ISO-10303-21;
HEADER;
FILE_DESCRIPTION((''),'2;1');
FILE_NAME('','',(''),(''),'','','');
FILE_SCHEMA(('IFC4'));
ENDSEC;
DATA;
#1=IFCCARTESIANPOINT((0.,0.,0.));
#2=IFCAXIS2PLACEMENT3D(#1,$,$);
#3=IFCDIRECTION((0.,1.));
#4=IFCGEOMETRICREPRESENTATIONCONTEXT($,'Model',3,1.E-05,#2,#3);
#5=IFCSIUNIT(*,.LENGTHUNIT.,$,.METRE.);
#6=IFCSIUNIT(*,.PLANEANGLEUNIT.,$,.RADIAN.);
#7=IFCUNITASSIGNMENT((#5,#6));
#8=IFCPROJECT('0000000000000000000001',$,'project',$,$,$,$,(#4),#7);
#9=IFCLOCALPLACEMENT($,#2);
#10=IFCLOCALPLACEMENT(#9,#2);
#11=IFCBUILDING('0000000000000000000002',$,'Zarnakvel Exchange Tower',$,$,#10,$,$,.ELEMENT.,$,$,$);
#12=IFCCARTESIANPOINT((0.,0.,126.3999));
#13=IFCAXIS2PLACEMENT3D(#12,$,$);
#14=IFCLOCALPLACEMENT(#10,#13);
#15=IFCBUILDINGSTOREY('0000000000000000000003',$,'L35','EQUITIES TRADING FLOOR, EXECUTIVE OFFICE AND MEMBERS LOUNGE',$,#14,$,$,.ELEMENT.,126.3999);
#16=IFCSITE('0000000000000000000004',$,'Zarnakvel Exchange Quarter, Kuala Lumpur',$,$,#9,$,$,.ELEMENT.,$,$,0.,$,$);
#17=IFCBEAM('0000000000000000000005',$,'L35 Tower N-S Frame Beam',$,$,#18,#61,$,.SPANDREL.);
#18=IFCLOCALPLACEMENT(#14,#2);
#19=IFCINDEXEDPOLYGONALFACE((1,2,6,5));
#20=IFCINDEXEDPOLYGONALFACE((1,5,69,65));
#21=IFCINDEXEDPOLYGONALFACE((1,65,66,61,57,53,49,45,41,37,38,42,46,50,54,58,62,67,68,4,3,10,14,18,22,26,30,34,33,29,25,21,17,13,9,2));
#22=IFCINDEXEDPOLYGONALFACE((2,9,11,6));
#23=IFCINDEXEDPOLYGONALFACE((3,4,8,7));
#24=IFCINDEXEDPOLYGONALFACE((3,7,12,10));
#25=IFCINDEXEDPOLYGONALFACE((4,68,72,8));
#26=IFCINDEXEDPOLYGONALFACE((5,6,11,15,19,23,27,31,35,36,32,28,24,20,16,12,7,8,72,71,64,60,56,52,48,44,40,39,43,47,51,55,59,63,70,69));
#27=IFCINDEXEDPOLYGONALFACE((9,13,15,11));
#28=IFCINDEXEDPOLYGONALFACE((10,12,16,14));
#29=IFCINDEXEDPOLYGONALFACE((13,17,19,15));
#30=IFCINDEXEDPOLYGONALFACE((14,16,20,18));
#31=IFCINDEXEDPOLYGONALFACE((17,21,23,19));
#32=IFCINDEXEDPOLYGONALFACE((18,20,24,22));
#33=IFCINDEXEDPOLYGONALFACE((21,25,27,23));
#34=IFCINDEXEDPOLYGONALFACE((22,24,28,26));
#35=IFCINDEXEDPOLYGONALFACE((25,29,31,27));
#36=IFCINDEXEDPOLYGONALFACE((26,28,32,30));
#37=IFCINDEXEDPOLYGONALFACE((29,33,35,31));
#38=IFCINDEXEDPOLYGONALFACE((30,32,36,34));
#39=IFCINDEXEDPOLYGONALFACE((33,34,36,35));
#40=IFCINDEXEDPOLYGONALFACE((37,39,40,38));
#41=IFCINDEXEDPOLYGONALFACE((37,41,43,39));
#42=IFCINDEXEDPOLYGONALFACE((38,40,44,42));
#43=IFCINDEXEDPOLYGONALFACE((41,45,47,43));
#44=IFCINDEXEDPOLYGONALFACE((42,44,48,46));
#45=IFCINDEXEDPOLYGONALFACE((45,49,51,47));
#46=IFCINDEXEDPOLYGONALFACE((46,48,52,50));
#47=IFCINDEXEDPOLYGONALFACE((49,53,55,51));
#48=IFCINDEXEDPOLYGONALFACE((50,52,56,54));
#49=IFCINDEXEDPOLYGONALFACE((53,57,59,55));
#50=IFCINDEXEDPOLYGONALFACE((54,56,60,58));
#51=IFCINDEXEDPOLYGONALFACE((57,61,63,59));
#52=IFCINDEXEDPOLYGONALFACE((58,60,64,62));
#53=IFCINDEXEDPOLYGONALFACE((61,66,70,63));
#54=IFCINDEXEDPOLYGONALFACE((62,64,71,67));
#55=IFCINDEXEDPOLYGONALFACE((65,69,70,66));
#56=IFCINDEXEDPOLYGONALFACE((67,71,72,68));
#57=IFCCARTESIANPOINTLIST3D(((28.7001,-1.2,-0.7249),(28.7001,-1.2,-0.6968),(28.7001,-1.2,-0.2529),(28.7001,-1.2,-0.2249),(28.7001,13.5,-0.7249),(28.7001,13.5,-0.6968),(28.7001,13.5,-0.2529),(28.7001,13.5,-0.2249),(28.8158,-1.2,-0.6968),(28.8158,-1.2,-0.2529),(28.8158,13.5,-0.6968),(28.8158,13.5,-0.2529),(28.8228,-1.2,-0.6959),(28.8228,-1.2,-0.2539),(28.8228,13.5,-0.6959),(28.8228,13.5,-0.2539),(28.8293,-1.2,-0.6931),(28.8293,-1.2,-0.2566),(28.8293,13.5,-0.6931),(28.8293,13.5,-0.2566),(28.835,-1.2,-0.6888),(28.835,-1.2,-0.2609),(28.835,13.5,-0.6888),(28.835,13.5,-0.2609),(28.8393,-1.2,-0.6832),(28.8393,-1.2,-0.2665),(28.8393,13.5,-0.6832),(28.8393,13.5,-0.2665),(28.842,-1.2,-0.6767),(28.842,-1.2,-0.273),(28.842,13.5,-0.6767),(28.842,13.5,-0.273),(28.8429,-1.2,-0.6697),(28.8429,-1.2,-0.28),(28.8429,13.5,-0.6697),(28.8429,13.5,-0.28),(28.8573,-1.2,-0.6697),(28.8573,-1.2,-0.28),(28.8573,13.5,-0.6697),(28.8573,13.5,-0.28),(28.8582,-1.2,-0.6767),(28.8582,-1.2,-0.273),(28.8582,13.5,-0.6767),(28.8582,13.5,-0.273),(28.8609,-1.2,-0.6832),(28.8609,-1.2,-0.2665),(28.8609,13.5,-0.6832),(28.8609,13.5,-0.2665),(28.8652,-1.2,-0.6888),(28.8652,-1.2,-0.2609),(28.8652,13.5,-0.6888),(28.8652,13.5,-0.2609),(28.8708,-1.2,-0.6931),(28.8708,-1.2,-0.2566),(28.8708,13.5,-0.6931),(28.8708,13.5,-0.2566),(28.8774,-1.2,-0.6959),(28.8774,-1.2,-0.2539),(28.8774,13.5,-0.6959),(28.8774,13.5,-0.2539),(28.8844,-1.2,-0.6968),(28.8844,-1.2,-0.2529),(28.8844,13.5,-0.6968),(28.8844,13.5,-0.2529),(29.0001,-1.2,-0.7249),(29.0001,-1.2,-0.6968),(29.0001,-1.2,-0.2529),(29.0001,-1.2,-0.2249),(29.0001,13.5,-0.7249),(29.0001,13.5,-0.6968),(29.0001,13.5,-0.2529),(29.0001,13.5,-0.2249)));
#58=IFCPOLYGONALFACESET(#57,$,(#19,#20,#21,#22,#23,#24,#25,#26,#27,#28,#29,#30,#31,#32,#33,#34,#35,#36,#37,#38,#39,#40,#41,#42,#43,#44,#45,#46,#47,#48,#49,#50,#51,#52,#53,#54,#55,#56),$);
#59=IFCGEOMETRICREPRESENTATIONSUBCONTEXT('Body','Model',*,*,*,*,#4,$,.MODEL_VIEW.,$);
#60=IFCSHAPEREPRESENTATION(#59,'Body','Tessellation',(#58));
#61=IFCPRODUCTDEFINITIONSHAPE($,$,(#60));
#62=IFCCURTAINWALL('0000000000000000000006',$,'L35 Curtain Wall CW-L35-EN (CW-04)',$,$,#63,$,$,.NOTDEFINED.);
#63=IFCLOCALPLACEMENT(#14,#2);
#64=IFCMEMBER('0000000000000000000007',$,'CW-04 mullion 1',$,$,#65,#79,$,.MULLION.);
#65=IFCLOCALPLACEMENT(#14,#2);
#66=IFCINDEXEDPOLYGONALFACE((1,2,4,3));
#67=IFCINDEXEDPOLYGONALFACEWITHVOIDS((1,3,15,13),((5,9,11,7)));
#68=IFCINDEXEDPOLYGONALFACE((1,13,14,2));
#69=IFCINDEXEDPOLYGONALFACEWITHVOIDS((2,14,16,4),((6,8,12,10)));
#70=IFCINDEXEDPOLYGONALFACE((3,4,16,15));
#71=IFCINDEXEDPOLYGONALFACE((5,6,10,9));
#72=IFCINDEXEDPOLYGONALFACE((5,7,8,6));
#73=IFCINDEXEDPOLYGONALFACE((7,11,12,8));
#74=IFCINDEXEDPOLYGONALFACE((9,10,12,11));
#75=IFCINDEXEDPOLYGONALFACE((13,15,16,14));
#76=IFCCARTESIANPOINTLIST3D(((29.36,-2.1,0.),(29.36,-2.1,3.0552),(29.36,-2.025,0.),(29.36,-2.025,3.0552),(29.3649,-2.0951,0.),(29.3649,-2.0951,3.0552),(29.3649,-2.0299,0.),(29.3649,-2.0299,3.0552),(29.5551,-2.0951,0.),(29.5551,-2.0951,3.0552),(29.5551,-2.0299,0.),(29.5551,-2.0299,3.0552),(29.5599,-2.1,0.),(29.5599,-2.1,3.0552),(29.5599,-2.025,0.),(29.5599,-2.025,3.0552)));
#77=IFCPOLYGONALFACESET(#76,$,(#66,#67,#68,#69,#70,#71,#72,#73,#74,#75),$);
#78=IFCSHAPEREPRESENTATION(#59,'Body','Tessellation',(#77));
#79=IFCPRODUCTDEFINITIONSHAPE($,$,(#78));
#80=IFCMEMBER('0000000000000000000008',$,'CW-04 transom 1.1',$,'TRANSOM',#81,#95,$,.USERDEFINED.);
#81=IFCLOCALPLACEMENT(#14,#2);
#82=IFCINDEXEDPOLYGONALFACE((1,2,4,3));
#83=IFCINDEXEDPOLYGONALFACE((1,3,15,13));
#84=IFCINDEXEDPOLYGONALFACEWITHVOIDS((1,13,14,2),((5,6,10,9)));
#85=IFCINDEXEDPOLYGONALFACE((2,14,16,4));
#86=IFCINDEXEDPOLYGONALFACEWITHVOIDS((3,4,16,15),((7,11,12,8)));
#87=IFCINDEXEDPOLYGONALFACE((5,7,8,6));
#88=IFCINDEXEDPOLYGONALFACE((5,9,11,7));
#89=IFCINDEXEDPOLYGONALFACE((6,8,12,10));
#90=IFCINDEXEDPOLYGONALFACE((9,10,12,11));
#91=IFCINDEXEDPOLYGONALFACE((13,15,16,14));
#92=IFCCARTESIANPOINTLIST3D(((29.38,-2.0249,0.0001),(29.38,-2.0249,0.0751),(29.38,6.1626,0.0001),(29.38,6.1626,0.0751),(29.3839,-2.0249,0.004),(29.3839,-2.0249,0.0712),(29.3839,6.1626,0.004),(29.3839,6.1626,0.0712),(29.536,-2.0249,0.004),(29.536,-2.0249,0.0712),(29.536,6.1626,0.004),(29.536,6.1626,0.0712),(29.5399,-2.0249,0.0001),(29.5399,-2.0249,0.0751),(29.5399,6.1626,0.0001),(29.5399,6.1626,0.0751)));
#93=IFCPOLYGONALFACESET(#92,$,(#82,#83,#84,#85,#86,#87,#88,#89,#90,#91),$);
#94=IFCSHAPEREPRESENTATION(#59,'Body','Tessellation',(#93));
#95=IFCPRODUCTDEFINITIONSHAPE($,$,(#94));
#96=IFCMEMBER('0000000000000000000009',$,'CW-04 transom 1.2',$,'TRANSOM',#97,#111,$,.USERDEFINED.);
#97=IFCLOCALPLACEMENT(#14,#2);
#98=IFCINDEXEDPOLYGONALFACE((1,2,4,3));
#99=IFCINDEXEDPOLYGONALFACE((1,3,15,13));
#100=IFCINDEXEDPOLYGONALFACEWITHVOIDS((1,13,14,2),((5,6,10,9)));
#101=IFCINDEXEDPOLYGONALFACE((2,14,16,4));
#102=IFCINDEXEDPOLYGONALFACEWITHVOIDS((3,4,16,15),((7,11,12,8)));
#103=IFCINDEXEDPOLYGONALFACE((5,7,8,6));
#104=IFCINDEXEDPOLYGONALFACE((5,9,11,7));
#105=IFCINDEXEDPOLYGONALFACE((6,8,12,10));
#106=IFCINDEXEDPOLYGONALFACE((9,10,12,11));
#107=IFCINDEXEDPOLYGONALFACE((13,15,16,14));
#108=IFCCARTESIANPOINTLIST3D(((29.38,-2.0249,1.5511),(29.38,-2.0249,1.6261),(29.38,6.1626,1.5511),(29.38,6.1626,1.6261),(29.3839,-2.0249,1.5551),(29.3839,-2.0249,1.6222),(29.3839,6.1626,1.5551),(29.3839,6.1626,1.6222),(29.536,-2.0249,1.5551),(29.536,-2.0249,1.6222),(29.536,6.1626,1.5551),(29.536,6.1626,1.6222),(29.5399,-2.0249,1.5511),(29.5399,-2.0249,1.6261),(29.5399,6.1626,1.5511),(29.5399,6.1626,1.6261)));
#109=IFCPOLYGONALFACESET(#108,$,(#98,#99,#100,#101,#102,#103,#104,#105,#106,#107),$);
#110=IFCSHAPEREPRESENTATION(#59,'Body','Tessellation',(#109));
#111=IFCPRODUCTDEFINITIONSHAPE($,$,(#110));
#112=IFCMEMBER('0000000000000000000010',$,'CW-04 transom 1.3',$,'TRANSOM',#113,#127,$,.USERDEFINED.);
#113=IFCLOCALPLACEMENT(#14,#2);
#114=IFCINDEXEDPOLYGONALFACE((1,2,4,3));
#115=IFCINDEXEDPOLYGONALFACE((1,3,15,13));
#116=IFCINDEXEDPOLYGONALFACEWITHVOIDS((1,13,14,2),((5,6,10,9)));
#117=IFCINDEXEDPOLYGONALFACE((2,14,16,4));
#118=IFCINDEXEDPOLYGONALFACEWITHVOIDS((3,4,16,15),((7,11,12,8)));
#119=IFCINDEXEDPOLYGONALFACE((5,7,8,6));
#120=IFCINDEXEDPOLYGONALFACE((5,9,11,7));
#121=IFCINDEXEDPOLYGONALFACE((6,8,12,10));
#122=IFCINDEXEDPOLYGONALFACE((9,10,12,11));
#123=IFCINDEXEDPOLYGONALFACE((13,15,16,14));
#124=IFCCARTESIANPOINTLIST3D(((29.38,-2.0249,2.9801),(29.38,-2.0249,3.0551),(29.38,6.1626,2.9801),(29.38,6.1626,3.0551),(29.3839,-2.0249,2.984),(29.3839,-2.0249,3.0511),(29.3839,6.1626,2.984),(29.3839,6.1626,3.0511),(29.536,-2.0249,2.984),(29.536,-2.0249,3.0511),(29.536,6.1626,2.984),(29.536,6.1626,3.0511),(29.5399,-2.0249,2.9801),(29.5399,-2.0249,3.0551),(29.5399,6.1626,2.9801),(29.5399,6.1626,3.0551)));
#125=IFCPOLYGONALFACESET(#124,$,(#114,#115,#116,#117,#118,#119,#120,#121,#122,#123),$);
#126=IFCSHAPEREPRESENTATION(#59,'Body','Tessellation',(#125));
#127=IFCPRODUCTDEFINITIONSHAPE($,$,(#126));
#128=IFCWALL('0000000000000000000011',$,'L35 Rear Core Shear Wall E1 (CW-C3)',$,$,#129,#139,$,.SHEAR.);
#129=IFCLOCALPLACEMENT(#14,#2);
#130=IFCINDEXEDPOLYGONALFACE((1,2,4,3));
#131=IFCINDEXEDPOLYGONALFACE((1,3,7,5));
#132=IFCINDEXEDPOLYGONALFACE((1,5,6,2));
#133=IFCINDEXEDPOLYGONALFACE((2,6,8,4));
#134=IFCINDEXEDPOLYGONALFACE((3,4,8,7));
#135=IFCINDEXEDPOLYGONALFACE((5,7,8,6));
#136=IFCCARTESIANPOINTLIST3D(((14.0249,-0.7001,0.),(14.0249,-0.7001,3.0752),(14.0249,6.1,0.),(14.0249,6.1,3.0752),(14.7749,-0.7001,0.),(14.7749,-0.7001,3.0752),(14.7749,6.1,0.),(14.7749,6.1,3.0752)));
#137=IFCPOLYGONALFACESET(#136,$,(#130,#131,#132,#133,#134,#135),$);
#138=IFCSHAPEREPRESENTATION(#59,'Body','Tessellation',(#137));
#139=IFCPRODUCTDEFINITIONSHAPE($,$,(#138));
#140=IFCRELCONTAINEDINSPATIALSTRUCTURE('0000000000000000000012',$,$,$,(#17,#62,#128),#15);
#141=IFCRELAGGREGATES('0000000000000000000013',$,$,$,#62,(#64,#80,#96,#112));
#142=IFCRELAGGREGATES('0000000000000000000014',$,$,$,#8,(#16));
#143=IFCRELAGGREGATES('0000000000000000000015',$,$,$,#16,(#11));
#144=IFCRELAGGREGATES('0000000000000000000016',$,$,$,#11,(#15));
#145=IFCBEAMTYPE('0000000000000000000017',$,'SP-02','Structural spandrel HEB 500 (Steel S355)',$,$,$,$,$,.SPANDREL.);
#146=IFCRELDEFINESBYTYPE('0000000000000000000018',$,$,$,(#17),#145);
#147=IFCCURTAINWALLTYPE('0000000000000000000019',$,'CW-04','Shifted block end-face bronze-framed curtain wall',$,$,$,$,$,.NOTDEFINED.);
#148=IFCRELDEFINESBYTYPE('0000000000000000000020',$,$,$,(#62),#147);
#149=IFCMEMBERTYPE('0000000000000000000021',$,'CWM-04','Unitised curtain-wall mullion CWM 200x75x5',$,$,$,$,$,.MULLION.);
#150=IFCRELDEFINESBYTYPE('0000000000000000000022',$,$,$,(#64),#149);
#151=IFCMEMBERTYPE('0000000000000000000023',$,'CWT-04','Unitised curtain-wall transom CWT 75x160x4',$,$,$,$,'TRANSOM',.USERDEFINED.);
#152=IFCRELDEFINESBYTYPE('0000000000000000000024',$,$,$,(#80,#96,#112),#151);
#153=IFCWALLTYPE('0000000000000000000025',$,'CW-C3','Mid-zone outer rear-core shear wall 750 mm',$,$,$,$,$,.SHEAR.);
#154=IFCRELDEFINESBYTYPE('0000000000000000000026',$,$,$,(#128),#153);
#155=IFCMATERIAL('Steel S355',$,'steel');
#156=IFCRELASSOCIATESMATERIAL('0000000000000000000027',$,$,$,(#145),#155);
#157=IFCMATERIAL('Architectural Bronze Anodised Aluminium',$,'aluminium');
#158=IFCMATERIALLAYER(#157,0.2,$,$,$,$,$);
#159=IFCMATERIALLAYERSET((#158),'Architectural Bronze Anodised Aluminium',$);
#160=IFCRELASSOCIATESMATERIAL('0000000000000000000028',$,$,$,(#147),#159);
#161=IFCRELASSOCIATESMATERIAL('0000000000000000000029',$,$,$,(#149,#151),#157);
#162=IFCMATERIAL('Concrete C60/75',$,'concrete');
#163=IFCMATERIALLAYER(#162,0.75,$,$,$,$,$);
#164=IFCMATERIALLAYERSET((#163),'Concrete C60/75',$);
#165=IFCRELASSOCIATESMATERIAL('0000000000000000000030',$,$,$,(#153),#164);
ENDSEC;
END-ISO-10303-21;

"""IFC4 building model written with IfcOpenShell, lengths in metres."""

from ifc_helpers import new_model, si_unit, direction, frame, frame_2d, origin, origin_2d, place, context, subcontext, project, spatial, rectangle, hollow_rectangle, i_section, extrude, source, transform, mapped, material, layer, layer_set, material_profile, profile_set, type_object, element, aggregate, save


model = new_model("IFC4")

# Units and contexts
model_context = context("Model", 3, precision=1e-05, world=origin(), true_north=direction((0.0, 1.0)))
body_context = subcontext(model_context, "Body", "Model", "MODEL_VIEW")
ifc_project = project(units=[si_unit("LENGTHUNIT", "METRE"), si_unit("PLANEANGLEUNIT", "RADIAN")], contexts=[model_context])

# Site, building, storey
site_placement = place(None, origin())
site = spatial("IfcSite", under=ifc_project, at=site_placement, Name="Zarnakvel Exchange Quarter, Kuala Lumpur", CompositionType="ELEMENT", RefElevation=0.0)
building_placement = place(site_placement, origin())
building = spatial("IfcBuilding", under=site, at=building_placement, Name="Zarnakvel Exchange Tower", CompositionType="ELEMENT")
storey_placement = place(building_placement, frame((0.0, 0.0, 126.3999)))
storey = spatial("IfcBuildingStorey", under=building, at=storey_placement, Name="L35", Description="EQUITIES TRADING FLOOR, EXECUTIVE OFFICE AND MEMBERS LOUNGE", CompositionType="ELEMENT", Elevation=126.3999)

# Shared definitions
ifc_material_1 = material(Name="Concrete C60/75", Category="concrete")
ifc_material_2 = material(Name="Steel S355", Category="steel")

# Beam
ifc_material_profile_1 = material_profile(ifc_material_2, i_section(OverallWidth=0.3, OverallDepth=0.5, WebThickness=0.0144, FlangeThickness=0.0281, FilletRadius=0.0271, at=origin_2d()))
ifc_profile_set_1 = profile_set([ifc_material_profile_1], Name="Steel S355")
beam_type_1 = type_object("IfcBeamType", Name="SP-02", Description="Structural spandrel HEB 500 (Steel S355)", PredefinedType="SPANDREL", material=ifc_profile_set_1)
beam_1_placement = place(storey_placement, frame((28.8501, -1.2, -0.4749), z_axis=(0.0, 1.0, 0.0), x_axis=(-1.0, 0.0, 0.0)))
element("IfcBeam", 1, at=beam_1_placement, inside=storey, type_object=beam_type_1, Name="L35 Tower N-S Frame Beam", PredefinedType="SPANDREL", context=body_context, shape_type="SweptSolid", body=[
    extrude(i_section(OverallWidth=0.3, OverallDepth=0.5, WebThickness=0.0144, FlangeThickness=0.0281, FilletRadius=0.0271, at=origin_2d()), origin(), (0.0, 0.0, 1.0), 14.7),
])

# Curtain wall, members
ifc_material_3 = material(Name="Architectural Bronze Anodised Aluminium", Category="aluminium")
ifc_layer_1 = layer(ifc_material_3, 0.2)
ifc_layer_set_1 = layer_set([ifc_layer_1], Name="Architectural Bronze Anodised Aluminium")
curtain_wall_type = type_object("IfcCurtainWallType", Name="CW-04", Description="Shifted block end-face bronze-framed curtain wall", PredefinedType="NOTDEFINED", material=ifc_layer_set_1)
curtain_wall_placement = place(storey_placement, origin())
curtain_wall = element("IfcCurtainWall", 2, at=curtain_wall_placement, inside=storey, type_object=curtain_wall_type, Name="L35 Curtain Wall CW-L35-EN (CW-04)", PredefinedType="NOTDEFINED")
ifc_material_profile_2 = material_profile(ifc_material_3, hollow_rectangle(XDim=0.2, YDim=0.075, WallThickness=0.0049, at=origin_2d()))
ifc_profile_set_2 = profile_set([ifc_material_profile_2], Name="Architectural Bronze Anodised Aluminium")
member_type_1 = type_object("IfcMemberType", Name="CWM-04", Description="Unitised curtain-wall mullion CWM 200x75x5", PredefinedType="MULLION", material=ifc_profile_set_2)
shared_shape_1 = source(origin(), body_context, "Body", "SweptSolid", [
    extrude(hollow_rectangle(XDim=0.2, YDim=0.075, WallThickness=0.0049, at=origin_2d()), origin(), (0.0, 0.0, 1.0), 3.0552),
])
member_1_placement = place(storey_placement, frame((29.46, -2.0625, 0.0), z_axis=(0.0, 0.0, 1.0), x_axis=(-1.0, 0.0, 0.0)))
member_1 = element("IfcMember", 3, at=member_1_placement, type_object=member_type_1, Name="CW-04 mullion 1", PredefinedType="MULLION", context=body_context, shape_type="MappedRepresentation", body=[
    mapped(shared_shape_1, transform((0.0, 0.0, 0.0), x_axis=(1.0, 0.0, 0.0), y_axis=(0.0, 1.0, 0.0), z_axis=(0.0, 0.0, 1.0), scale=1.0)),
])
ifc_material_profile_3 = material_profile(ifc_material_3, hollow_rectangle(XDim=0.1599, YDim=0.075, WallThickness=0.0039, at=origin_2d()))
ifc_profile_set_3 = profile_set([ifc_material_profile_3], Name="Architectural Bronze Anodised Aluminium")
member_type_2 = type_object("IfcMemberType", Name="CWT-04", Description="Unitised curtain-wall transom CWT 75x160x4", ElementType="TRANSOM", PredefinedType="USERDEFINED", material=ifc_profile_set_3)
shared_shape_2 = source(origin(), body_context, "Body", "SweptSolid", [
    extrude(hollow_rectangle(XDim=0.1599, YDim=0.075, WallThickness=0.0039, at=origin_2d()), origin(), (0.0, 0.0, 1.0), 8.1875),
])
member_2_placement = place(storey_placement, frame((29.46, -2.0249, 0.0376), z_axis=(0.0, 1.0, 0.0), x_axis=(-1.0, 0.0, 0.0)))
member_2 = element("IfcMember", 4, at=member_2_placement, type_object=member_type_2, Name="CW-04 transom 1.1", ObjectType="TRANSOM", PredefinedType="USERDEFINED", context=body_context, shape_type="MappedRepresentation", body=[
    mapped(shared_shape_2, transform((0.0, 0.0, 0.0), x_axis=(1.0, 0.0, 0.0), y_axis=(0.0, 1.0, 0.0), z_axis=(0.0, 0.0, 1.0), scale=1.0)),
])
member_3_placement = place(storey_placement, frame((29.46, -2.0249, 1.5886), z_axis=(0.0, 1.0, 0.0), x_axis=(-1.0, 0.0, 0.0)))
member_3 = element("IfcMember", 5, at=member_3_placement, type_object=member_type_2, Name="CW-04 transom 1.2", ObjectType="TRANSOM", PredefinedType="USERDEFINED", context=body_context, shape_type="MappedRepresentation", body=[
    mapped(shared_shape_2, transform((0.0, 0.0, 0.0), x_axis=(1.0, 0.0, 0.0), y_axis=(0.0, 1.0, 0.0), z_axis=(0.0, 0.0, 1.0), scale=1.0)),
])
member_4_placement = place(storey_placement, frame((29.46, -2.0249, 3.0176), z_axis=(0.0, 1.0, 0.0), x_axis=(-1.0, 0.0, 0.0)))
member_4 = element("IfcMember", 6, at=member_4_placement, type_object=member_type_2, Name="CW-04 transom 1.3", ObjectType="TRANSOM", PredefinedType="USERDEFINED", context=body_context, shape_type="MappedRepresentation", body=[
    mapped(shared_shape_2, transform((0.0, 0.0, 0.0), x_axis=(1.0, 0.0, 0.0), y_axis=(0.0, 1.0, 0.0), z_axis=(0.0, 0.0, 1.0), scale=1.0)),
])
aggregate(curtain_wall, [member_1, member_2, member_3, member_4])

# Wall
ifc_layer_2 = layer(ifc_material_1, 0.75)
ifc_layer_set_2 = layer_set([ifc_layer_2], Name="Concrete C60/75")
wall_type_1 = type_object("IfcWallType", Name="CW-C3", Description="Mid-zone outer rear-core shear wall 750 mm", PredefinedType="SHEAR", material=ifc_layer_set_2)
wall_1_placement = place(storey_placement, frame((14.3999, -0.7, 0.0), z_axis=(0.0, 0.0, 1.0), x_axis=(0.0, 1.0, 0.0)))
element("IfcWall", 7, at=wall_1_placement, inside=storey, type_object=wall_type_1, Name="L35 Rear Core Shear Wall E1 (CW-C3)", PredefinedType="SHEAR", context=body_context, shape_type="SweptSolid", body=[
    extrude(rectangle(XDim=6.8, YDim=0.75, at=frame_2d((3.3999, 0.0))), origin(), (0.0, 0.0, 1.0), 3.0752),
])

save(model, "model.ifc")
